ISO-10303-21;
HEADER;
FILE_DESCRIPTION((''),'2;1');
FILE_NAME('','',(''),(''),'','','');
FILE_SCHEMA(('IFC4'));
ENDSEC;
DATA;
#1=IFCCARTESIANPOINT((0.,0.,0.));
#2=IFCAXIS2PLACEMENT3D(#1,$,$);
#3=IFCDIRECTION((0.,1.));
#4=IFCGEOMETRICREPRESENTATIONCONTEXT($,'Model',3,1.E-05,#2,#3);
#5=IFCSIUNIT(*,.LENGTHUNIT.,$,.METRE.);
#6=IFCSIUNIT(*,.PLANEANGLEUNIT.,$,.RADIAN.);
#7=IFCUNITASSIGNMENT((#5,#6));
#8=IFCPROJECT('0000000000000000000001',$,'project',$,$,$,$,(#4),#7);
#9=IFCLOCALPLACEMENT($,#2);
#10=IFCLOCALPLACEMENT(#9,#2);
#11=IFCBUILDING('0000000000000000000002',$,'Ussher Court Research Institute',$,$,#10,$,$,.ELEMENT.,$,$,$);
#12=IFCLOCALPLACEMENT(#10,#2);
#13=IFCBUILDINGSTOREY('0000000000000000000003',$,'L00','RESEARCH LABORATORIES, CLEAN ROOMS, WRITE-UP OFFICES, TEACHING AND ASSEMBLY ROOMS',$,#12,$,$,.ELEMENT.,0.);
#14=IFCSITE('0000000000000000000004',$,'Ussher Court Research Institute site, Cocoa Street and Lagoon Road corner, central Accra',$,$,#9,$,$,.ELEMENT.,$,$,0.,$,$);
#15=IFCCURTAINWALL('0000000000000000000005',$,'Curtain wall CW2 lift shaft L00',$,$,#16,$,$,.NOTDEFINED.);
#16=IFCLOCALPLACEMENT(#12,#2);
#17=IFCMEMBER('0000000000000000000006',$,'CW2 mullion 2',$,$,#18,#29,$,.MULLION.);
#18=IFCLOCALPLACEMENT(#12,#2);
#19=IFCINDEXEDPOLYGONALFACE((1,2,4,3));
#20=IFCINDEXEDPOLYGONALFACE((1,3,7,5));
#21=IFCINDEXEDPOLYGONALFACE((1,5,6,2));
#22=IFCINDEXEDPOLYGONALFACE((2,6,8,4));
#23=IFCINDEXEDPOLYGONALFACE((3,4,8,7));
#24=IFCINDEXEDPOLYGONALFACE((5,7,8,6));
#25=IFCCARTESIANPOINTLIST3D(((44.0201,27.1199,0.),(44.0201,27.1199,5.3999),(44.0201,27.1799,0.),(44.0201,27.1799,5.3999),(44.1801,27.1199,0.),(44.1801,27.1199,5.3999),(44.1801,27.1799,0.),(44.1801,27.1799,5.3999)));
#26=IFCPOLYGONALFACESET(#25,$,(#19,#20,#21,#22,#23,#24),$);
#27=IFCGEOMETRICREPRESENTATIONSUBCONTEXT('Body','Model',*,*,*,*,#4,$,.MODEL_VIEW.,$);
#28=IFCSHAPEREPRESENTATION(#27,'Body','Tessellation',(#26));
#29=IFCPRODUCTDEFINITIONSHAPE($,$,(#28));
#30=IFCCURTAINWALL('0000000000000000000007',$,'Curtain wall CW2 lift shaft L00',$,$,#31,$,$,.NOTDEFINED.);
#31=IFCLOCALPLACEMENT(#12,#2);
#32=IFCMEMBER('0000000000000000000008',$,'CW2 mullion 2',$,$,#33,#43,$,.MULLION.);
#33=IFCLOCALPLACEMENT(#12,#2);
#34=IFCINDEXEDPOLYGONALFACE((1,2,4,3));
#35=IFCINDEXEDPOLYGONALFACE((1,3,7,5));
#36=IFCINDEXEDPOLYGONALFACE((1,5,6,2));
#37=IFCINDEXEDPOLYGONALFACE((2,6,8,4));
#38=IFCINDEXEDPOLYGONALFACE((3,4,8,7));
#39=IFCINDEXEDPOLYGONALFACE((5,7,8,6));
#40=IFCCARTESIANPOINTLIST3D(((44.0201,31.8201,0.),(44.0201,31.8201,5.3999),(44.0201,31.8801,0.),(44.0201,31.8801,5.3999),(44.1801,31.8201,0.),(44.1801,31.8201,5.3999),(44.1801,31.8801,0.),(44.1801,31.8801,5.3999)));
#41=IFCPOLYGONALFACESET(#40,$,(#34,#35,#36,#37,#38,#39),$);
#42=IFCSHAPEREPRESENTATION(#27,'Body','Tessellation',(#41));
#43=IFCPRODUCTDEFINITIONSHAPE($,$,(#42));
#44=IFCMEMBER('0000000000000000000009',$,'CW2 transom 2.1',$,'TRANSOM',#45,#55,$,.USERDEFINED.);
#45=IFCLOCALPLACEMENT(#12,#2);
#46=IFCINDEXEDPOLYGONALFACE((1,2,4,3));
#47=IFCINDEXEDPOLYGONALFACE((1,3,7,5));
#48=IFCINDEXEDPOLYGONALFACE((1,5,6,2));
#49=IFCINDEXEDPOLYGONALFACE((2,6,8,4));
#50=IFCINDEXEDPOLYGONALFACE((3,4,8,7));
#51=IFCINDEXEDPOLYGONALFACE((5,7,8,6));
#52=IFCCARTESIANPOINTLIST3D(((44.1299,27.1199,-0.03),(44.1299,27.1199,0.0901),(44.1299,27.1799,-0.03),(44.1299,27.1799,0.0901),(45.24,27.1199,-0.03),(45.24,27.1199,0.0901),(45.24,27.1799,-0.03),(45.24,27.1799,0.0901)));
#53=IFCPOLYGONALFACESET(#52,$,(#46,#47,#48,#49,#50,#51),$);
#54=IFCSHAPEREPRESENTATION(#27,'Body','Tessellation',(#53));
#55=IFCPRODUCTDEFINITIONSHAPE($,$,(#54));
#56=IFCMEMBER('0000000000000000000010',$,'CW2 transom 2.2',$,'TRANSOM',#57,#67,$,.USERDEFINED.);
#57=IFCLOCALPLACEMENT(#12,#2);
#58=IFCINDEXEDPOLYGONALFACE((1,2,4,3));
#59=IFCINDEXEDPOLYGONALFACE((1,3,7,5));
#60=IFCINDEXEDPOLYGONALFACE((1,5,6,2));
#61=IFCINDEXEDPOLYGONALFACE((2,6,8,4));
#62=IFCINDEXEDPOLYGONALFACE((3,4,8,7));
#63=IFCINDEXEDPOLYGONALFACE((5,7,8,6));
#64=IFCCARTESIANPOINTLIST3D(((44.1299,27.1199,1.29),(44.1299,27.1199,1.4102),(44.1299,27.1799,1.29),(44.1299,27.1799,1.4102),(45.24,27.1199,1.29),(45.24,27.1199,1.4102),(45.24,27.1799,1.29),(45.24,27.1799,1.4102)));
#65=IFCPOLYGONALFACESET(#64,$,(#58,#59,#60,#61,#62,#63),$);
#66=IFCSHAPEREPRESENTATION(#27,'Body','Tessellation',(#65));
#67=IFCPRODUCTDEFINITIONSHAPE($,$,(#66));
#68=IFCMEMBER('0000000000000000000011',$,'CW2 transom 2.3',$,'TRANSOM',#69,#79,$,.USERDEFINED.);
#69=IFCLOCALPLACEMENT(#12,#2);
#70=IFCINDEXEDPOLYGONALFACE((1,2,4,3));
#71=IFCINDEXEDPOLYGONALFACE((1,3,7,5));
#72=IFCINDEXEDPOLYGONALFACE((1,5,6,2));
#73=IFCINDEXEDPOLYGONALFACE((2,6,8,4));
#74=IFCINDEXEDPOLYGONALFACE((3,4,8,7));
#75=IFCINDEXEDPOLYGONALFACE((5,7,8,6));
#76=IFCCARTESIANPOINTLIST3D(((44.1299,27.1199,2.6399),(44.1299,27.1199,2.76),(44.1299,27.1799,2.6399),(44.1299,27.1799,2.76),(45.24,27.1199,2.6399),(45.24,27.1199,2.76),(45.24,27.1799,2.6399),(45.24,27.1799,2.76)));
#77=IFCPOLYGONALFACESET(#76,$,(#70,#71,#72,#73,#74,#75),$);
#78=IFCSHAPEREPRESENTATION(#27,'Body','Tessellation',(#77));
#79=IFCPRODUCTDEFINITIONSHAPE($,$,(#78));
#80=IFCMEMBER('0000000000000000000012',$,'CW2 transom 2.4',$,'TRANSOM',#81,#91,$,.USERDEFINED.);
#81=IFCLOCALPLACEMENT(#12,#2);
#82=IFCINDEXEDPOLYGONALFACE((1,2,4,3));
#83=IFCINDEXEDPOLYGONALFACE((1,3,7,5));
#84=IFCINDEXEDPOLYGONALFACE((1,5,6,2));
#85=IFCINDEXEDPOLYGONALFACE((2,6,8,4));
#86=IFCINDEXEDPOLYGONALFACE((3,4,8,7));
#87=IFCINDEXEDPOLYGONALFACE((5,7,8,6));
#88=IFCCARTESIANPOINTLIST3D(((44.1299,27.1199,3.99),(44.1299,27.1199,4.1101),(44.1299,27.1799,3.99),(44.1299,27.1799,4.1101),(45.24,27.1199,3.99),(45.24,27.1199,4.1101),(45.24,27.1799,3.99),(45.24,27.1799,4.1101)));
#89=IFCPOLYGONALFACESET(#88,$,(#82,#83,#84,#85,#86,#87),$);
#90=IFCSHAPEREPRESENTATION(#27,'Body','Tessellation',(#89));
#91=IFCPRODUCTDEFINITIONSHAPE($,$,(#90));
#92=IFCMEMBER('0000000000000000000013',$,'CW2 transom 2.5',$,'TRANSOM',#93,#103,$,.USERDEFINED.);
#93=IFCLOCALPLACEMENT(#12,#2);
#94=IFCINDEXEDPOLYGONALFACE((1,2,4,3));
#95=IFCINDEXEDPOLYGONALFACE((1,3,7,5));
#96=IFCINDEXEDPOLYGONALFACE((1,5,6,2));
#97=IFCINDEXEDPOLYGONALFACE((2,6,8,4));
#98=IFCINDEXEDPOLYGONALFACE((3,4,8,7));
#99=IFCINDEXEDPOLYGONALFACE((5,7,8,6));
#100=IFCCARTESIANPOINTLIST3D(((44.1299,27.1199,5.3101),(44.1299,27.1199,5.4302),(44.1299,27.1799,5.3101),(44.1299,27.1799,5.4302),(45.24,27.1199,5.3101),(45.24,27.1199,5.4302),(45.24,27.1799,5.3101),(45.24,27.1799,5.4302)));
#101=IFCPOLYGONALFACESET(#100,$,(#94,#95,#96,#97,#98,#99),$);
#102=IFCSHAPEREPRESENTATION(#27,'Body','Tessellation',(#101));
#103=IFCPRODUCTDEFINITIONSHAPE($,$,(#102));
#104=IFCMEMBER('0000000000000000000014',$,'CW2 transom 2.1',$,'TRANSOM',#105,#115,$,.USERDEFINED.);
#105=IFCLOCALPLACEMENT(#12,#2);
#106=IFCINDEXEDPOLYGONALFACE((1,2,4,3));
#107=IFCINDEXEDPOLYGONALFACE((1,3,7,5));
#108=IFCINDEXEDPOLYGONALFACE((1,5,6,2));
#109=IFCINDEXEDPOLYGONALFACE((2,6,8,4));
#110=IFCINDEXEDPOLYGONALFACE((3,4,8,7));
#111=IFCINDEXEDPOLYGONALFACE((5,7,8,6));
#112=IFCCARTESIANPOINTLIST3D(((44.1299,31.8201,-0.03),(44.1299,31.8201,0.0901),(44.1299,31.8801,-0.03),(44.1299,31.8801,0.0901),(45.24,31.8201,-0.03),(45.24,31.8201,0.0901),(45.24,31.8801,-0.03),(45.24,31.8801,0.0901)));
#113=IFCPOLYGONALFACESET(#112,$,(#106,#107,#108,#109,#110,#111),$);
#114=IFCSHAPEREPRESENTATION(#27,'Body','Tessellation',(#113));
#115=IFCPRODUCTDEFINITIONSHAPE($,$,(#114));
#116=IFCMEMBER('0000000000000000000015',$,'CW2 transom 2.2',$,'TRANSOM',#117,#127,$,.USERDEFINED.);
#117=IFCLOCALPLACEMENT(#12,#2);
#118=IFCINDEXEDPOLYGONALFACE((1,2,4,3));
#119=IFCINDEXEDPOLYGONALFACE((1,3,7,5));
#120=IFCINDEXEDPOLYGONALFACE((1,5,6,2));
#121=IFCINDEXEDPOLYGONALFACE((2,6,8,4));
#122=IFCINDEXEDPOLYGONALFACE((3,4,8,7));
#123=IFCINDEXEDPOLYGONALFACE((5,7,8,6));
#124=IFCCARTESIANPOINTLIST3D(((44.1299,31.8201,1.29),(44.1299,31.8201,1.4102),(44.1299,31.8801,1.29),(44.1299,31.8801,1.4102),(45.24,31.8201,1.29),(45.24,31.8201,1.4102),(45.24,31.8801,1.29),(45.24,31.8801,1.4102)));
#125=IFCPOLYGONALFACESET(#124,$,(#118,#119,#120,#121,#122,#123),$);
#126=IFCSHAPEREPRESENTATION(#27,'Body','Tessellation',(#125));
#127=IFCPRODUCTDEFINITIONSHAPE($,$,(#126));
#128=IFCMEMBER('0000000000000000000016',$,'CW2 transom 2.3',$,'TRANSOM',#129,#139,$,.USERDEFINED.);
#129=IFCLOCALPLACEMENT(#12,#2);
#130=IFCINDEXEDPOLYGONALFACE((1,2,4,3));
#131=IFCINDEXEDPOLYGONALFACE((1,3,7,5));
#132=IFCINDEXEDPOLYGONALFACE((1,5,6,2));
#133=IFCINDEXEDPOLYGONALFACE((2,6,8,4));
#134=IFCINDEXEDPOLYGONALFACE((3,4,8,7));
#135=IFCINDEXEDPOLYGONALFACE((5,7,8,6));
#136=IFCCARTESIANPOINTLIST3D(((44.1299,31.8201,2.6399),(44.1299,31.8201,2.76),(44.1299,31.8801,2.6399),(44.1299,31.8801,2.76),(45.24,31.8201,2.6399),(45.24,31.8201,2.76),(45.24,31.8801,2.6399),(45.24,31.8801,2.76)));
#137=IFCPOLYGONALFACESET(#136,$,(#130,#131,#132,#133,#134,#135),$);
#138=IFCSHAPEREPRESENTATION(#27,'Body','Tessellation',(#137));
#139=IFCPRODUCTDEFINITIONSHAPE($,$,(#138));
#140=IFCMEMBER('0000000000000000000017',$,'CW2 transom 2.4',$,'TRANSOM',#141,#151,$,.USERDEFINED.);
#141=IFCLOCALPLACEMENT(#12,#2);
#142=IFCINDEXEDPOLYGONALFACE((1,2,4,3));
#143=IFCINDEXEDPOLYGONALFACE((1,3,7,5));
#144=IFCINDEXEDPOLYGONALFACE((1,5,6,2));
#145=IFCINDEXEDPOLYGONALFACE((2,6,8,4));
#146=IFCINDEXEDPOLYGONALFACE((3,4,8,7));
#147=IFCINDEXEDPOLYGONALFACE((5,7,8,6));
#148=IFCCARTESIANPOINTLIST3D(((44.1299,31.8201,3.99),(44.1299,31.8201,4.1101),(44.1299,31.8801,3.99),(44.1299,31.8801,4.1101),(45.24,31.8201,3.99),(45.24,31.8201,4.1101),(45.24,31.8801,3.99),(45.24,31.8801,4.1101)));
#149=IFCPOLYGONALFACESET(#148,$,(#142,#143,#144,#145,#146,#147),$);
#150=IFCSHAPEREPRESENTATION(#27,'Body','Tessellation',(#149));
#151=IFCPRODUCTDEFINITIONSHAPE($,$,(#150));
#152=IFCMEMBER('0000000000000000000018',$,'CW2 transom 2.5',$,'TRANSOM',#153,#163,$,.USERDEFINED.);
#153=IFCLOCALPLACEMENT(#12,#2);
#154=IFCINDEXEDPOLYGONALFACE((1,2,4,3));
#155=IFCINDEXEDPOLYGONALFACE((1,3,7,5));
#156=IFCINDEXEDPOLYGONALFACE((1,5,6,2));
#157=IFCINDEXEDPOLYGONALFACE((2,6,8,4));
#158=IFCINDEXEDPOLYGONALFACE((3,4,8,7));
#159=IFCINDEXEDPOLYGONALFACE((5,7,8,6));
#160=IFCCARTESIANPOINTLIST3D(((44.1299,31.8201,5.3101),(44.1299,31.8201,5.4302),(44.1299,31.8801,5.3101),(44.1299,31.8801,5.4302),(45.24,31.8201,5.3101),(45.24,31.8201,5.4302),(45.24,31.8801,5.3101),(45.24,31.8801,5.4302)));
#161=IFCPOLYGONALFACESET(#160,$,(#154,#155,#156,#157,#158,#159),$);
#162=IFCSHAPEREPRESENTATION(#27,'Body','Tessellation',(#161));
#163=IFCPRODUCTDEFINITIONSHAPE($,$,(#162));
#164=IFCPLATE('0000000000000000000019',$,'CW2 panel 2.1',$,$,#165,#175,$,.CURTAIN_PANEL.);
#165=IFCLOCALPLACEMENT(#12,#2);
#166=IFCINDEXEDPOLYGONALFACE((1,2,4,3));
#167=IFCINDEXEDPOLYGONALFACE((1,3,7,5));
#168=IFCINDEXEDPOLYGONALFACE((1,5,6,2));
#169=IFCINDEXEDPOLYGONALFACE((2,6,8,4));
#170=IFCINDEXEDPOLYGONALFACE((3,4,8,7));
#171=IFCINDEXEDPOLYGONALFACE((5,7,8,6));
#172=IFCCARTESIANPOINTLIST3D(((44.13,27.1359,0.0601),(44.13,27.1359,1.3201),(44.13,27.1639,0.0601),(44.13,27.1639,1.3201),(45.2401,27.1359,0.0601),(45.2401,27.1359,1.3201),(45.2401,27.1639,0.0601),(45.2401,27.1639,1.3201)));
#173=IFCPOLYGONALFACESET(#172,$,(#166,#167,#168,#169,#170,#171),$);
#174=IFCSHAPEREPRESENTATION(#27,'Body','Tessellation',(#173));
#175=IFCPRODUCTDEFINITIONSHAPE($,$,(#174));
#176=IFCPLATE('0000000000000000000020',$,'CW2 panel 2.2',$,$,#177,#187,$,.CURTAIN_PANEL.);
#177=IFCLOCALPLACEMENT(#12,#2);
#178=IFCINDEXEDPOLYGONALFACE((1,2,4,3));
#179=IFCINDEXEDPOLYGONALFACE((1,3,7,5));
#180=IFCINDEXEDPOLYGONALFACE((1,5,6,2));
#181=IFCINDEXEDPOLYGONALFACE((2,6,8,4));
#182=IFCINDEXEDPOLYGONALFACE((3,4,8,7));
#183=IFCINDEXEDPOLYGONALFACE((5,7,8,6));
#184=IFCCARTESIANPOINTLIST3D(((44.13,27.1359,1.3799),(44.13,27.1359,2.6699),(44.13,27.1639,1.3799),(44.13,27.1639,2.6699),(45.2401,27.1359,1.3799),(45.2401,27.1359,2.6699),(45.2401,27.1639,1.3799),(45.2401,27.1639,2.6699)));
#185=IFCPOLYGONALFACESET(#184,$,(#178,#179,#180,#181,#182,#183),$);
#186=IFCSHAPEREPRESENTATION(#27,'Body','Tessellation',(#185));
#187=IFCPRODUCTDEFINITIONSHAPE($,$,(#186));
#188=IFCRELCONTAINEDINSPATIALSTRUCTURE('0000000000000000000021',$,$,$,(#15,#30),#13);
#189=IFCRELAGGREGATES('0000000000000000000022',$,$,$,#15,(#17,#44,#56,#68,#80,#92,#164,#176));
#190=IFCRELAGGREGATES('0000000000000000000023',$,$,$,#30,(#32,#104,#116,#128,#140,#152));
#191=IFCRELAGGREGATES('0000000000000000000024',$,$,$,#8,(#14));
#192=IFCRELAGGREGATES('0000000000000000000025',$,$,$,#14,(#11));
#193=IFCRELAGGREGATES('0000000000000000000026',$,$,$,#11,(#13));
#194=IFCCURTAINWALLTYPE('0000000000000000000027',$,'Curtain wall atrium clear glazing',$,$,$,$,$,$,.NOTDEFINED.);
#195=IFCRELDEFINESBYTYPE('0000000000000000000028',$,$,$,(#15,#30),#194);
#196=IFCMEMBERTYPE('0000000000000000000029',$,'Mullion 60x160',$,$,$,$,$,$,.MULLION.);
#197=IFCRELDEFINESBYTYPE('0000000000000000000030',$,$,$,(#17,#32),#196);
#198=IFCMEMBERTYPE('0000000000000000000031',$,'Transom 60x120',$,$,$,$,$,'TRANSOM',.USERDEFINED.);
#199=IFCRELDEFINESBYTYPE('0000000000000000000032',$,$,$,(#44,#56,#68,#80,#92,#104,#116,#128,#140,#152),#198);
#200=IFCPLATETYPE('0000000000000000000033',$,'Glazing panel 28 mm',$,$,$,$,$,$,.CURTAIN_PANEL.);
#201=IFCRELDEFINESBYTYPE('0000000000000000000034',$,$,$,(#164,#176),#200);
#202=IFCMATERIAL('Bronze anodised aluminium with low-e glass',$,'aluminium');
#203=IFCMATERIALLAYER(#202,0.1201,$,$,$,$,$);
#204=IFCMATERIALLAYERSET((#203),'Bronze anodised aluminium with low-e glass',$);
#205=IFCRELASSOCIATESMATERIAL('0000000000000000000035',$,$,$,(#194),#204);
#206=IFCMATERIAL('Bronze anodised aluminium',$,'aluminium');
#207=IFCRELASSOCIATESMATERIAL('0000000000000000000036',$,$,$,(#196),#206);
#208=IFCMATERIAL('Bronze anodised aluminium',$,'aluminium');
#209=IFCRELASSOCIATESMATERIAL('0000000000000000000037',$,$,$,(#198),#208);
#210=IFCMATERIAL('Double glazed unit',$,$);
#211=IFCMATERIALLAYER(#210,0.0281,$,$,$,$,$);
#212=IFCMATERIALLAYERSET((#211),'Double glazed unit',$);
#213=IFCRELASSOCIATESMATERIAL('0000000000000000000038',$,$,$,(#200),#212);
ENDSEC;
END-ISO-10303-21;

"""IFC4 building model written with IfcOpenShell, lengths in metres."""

from ifc_helpers import new_model, si_unit, direction, frame, origin, origin_2d, place, context, subcontext, project, spatial, rectangle, extrude, material, layer, layer_set, material_profile, profile_set, type_object, element, aggregate, save


model = new_model("IFC4")

# Units and contexts
model_context = context("Model", 3, precision=1e-05, world=origin(), true_north=direction((0.0, 1.0)))
body_context = subcontext(model_context, "Body", "Model", "MODEL_VIEW")
ifc_project = project(units=[si_unit("LENGTHUNIT", "METRE"), si_unit("PLANEANGLEUNIT", "RADIAN")], contexts=[model_context])

# Site, building, storey
site_placement = place(None, origin())
site = spatial("IfcSite", under=ifc_project, at=site_placement, Name="Ussher Court Research Institute site, Cocoa Street and Lagoon Road corner, central Accra", CompositionType="ELEMENT", RefElevation=0.0)
building_placement = place(site_placement, origin())
building = spatial("IfcBuilding", under=site, at=building_placement, Name="Ussher Court Research Institute", CompositionType="ELEMENT")
storey_placement = place(building_placement, origin())
storey = spatial("IfcBuildingStorey", under=building, at=storey_placement, Name="L00", Description="RESEARCH LABORATORIES, CLEAN ROOMS, WRITE-UP OFFICES, TEACHING AND ASSEMBLY ROOMS", CompositionType="ELEMENT", Elevation=0.0)

# Curtain walls, members
ifc_material_1 = material(Name="Bronze anodised aluminium with low-e glass", Category="aluminium")
ifc_layer_1 = layer(ifc_material_1, 0.1201)
ifc_layer_set_1 = layer_set([ifc_layer_1], Name="Bronze anodised aluminium with low-e glass")
curtain_wall_type = type_object("IfcCurtainWallType", Name="Curtain wall atrium clear glazing", PredefinedType="NOTDEFINED", material=ifc_layer_set_1)
curtain_wall_1_placement = place(storey_placement, origin())
curtain_wall_1 = element("IfcCurtainWall", 1, at=curtain_wall_1_placement, inside=storey, type_object=curtain_wall_type, Name="Curtain wall CW2 lift shaft L00", PredefinedType="NOTDEFINED")
ifc_material_2 = material(Name="Bronze anodised aluminium", Category="aluminium")
ifc_material_profile_1 = material_profile(ifc_material_2, rectangle(XDim=0.0601, YDim=0.1599, at=origin_2d()), Name="Mullion 60x160")
ifc_profile_set_1 = profile_set([ifc_material_profile_1], Name="Bronze anodised aluminium")
member_type_1 = type_object("IfcMemberType", Name="Mullion 60x160", PredefinedType="MULLION", material=ifc_profile_set_1)
member_1_placement = place(storey_placement, frame((44.1001, 27.1499, 0.0), z_axis=(0.0, 0.0, 1.0), x_axis=(0.0, 1.0, 0.0)))
member_1 = element("IfcMember", 2, at=member_1_placement, type_object=member_type_1, Name="CW2 mullion 2", PredefinedType="MULLION", context=body_context, shape_type="SweptSolid", body=[
    extrude(rectangle(XDim=0.0601, YDim=0.1599, at=origin_2d()), origin(), (0.0, 0.0, 1.0), 5.3999),
])
curtain_wall_2_placement = place(storey_placement, origin())
curtain_wall_2 = element("IfcCurtainWall", 3, at=curtain_wall_2_placement, inside=storey, type_object=curtain_wall_type, Name="Curtain wall CW2 lift shaft L00", PredefinedType="NOTDEFINED")
member_2_placement = place(storey_placement, frame((44.1001, 31.8501, 0.0), z_axis=(0.0, 0.0, 1.0), x_axis=(0.0, 1.0, 0.0)))
member_2 = element("IfcMember", 4, at=member_2_placement, type_object=member_type_1, Name="CW2 mullion 2", PredefinedType="MULLION", context=body_context, shape_type="SweptSolid", body=[
    extrude(rectangle(XDim=0.0601, YDim=0.1599, at=origin_2d()), origin(), (0.0, 0.0, 1.0), 5.3999),
])

# Members
ifc_material_3 = material(Name="Bronze anodised aluminium", Category="aluminium")
ifc_material_profile_2 = material_profile(ifc_material_3, rectangle(XDim=0.0601, YDim=0.1201, at=origin_2d()), Name="Transom 60x120")
ifc_profile_set_2 = profile_set([ifc_material_profile_2], Name="Bronze anodised aluminium")
member_type_2 = type_object("IfcMemberType", Name="Transom 60x120", ElementType="TRANSOM", PredefinedType="USERDEFINED", material=ifc_profile_set_2)
member_3_placement = place(storey_placement, frame((44.1299, 27.1499, 0.03), z_axis=(1.0, 0.0, 0.0), x_axis=(0.0, 1.0, 0.0)))
member_3 = element("IfcMember", 5, at=member_3_placement, type_object=member_type_2, Name="CW2 transom 2.1", ObjectType="TRANSOM", PredefinedType="USERDEFINED", context=body_context, shape_type="SweptSolid", body=[
    extrude(rectangle(XDim=0.0601, YDim=0.1201, at=origin_2d()), origin(), (0.0, 0.0, 1.0), 1.1101),
])
member_4_placement = place(storey_placement, frame((44.1299, 27.1499, 1.3501), z_axis=(1.0, 0.0, 0.0), x_axis=(0.0, 1.0, 0.0)))
member_4 = element("IfcMember", 6, at=member_4_placement, type_object=member_type_2, Name="CW2 transom 2.2", ObjectType="TRANSOM", PredefinedType="USERDEFINED", context=body_context, shape_type="SweptSolid", body=[
    extrude(rectangle(XDim=0.0601, YDim=0.1201, at=origin_2d()), origin(), (0.0, 0.0, 1.0), 1.1101),
])
member_5_placement = place(storey_placement, frame((44.1299, 27.1499, 2.7), z_axis=(1.0, 0.0, 0.0), x_axis=(0.0, 1.0, 0.0)))
member_5 = element("IfcMember", 7, at=member_5_placement, type_object=member_type_2, Name="CW2 transom 2.3", ObjectType="TRANSOM", PredefinedType="USERDEFINED", context=body_context, shape_type="SweptSolid", body=[
    extrude(rectangle(XDim=0.0601, YDim=0.1201, at=origin_2d()), origin(), (0.0, 0.0, 1.0), 1.1101),
])
member_6_placement = place(storey_placement, frame((44.1299, 27.1499, 4.05), z_axis=(1.0, 0.0, 0.0), x_axis=(0.0, 1.0, 0.0)))
member_6 = element("IfcMember", 8, at=member_6_placement, type_object=member_type_2, Name="CW2 transom 2.4", ObjectType="TRANSOM", PredefinedType="USERDEFINED", context=body_context, shape_type="SweptSolid", body=[
    extrude(rectangle(XDim=0.0601, YDim=0.1201, at=origin_2d()), origin(), (0.0, 0.0, 1.0), 1.1101),
])
member_7_placement = place(storey_placement, frame((44.1299, 27.1499, 5.3701), z_axis=(1.0, 0.0, 0.0), x_axis=(0.0, 1.0, 0.0)))
member_7 = element("IfcMember", 9, at=member_7_placement, type_object=member_type_2, Name="CW2 transom 2.5", ObjectType="TRANSOM", PredefinedType="USERDEFINED", context=body_context, shape_type="SweptSolid", body=[
    extrude(rectangle(XDim=0.0601, YDim=0.1201, at=origin_2d()), origin(), (0.0, 0.0, 1.0), 1.1101),
])
member_8_placement = place(storey_placement, frame((44.1299, 31.8501, 0.03), z_axis=(1.0, 0.0, 0.0), x_axis=(0.0, 1.0, 0.0)))
member_8 = element("IfcMember", 10, at=member_8_placement, type_object=member_type_2, Name="CW2 transom 2.1", ObjectType="TRANSOM", PredefinedType="USERDEFINED", context=body_context, shape_type="SweptSolid", body=[
    extrude(rectangle(XDim=0.0601, YDim=0.1201, at=origin_2d()), origin(), (0.0, 0.0, 1.0), 1.1101),
])
member_9_placement = place(storey_placement, frame((44.1299, 31.8501, 1.3501), z_axis=(1.0, 0.0, 0.0), x_axis=(0.0, 1.0, 0.0)))
member_9 = element("IfcMember", 11, at=member_9_placement, type_object=member_type_2, Name="CW2 transom 2.2", ObjectType="TRANSOM", PredefinedType="USERDEFINED", context=body_context, shape_type="SweptSolid", body=[
    extrude(rectangle(XDim=0.0601, YDim=0.1201, at=origin_2d()), origin(), (0.0, 0.0, 1.0), 1.1101),
])
member_10_placement = place(storey_placement, frame((44.1299, 31.8501, 2.7), z_axis=(1.0, 0.0, 0.0), x_axis=(0.0, 1.0, 0.0)))
member_10 = element("IfcMember", 12, at=member_10_placement, type_object=member_type_2, Name="CW2 transom 2.3", ObjectType="TRANSOM", PredefinedType="USERDEFINED", context=body_context, shape_type="SweptSolid", body=[
    extrude(rectangle(XDim=0.0601, YDim=0.1201, at=origin_2d()), origin(), (0.0, 0.0, 1.0), 1.1101),
])
member_11_placement = place(storey_placement, frame((44.1299, 31.8501, 4.05), z_axis=(1.0, 0.0, 0.0), x_axis=(0.0, 1.0, 0.0)))
member_11 = element("IfcMember", 13, at=member_11_placement, type_object=member_type_2, Name="CW2 transom 2.4", ObjectType="TRANSOM", PredefinedType="USERDEFINED", context=body_context, shape_type="SweptSolid", body=[
    extrude(rectangle(XDim=0.0601, YDim=0.1201, at=origin_2d()), origin(), (0.0, 0.0, 1.0), 1.1101),
])
member_12_placement = place(storey_placement, frame((44.1299, 31.8501, 5.3701), z_axis=(1.0, 0.0, 0.0), x_axis=(0.0, 1.0, 0.0)))
member_12 = element("IfcMember", 14, at=member_12_placement, type_object=member_type_2, Name="CW2 transom 2.5", ObjectType="TRANSOM", PredefinedType="USERDEFINED", context=body_context, shape_type="SweptSolid", body=[
    extrude(rectangle(XDim=0.0601, YDim=0.1201, at=origin_2d()), origin(), (0.0, 0.0, 1.0), 1.1101),
])

# Plates
ifc_material_4 = material(Name="Double glazed unit")
ifc_layer_2 = layer(ifc_material_4, 0.0281)
ifc_layer_set_2 = layer_set([ifc_layer_2], Name="Double glazed unit")
plate_type = type_object("IfcPlateType", Name="Glazing panel 28 mm", PredefinedType="CURTAIN_PANEL", material=ifc_layer_set_2)
plate_1_placement = place(storey_placement, frame((44.6851, 27.1499, 0.0601), z_axis=(0.0, 0.0, 1.0), x_axis=(1.0, 0.0, 0.0)))
plate_1 = element("IfcPlate", 15, at=plate_1_placement, type_object=plate_type, Name="CW2 panel 2.1", PredefinedType="CURTAIN_PANEL", context=body_context, shape_type="SweptSolid", body=[
    extrude(rectangle(XDim=1.1101, YDim=0.0281, at=origin_2d()), origin(), (0.0, 0.0, 1.0), 1.26),
])
plate_2_placement = place(storey_placement, frame((44.6851, 27.1499, 1.3799), z_axis=(0.0, 0.0, 1.0), x_axis=(1.0, 0.0, 0.0)))
plate_2 = element("IfcPlate", 16, at=plate_2_placement, type_object=plate_type, Name="CW2 panel 2.2", PredefinedType="CURTAIN_PANEL", context=body_context, shape_type="SweptSolid", body=[
    extrude(rectangle(XDim=1.1101, YDim=0.0281, at=origin_2d()), origin(), (0.0, 0.0, 1.0), 1.29),
])
aggregate(curtain_wall_1, [member_1, member_3, member_4, member_5, member_6, member_7, plate_1, plate_2])
aggregate(curtain_wall_2, [member_2, member_8, member_9, member_10, member_11, member_12])

save(model, "model.ifc")
